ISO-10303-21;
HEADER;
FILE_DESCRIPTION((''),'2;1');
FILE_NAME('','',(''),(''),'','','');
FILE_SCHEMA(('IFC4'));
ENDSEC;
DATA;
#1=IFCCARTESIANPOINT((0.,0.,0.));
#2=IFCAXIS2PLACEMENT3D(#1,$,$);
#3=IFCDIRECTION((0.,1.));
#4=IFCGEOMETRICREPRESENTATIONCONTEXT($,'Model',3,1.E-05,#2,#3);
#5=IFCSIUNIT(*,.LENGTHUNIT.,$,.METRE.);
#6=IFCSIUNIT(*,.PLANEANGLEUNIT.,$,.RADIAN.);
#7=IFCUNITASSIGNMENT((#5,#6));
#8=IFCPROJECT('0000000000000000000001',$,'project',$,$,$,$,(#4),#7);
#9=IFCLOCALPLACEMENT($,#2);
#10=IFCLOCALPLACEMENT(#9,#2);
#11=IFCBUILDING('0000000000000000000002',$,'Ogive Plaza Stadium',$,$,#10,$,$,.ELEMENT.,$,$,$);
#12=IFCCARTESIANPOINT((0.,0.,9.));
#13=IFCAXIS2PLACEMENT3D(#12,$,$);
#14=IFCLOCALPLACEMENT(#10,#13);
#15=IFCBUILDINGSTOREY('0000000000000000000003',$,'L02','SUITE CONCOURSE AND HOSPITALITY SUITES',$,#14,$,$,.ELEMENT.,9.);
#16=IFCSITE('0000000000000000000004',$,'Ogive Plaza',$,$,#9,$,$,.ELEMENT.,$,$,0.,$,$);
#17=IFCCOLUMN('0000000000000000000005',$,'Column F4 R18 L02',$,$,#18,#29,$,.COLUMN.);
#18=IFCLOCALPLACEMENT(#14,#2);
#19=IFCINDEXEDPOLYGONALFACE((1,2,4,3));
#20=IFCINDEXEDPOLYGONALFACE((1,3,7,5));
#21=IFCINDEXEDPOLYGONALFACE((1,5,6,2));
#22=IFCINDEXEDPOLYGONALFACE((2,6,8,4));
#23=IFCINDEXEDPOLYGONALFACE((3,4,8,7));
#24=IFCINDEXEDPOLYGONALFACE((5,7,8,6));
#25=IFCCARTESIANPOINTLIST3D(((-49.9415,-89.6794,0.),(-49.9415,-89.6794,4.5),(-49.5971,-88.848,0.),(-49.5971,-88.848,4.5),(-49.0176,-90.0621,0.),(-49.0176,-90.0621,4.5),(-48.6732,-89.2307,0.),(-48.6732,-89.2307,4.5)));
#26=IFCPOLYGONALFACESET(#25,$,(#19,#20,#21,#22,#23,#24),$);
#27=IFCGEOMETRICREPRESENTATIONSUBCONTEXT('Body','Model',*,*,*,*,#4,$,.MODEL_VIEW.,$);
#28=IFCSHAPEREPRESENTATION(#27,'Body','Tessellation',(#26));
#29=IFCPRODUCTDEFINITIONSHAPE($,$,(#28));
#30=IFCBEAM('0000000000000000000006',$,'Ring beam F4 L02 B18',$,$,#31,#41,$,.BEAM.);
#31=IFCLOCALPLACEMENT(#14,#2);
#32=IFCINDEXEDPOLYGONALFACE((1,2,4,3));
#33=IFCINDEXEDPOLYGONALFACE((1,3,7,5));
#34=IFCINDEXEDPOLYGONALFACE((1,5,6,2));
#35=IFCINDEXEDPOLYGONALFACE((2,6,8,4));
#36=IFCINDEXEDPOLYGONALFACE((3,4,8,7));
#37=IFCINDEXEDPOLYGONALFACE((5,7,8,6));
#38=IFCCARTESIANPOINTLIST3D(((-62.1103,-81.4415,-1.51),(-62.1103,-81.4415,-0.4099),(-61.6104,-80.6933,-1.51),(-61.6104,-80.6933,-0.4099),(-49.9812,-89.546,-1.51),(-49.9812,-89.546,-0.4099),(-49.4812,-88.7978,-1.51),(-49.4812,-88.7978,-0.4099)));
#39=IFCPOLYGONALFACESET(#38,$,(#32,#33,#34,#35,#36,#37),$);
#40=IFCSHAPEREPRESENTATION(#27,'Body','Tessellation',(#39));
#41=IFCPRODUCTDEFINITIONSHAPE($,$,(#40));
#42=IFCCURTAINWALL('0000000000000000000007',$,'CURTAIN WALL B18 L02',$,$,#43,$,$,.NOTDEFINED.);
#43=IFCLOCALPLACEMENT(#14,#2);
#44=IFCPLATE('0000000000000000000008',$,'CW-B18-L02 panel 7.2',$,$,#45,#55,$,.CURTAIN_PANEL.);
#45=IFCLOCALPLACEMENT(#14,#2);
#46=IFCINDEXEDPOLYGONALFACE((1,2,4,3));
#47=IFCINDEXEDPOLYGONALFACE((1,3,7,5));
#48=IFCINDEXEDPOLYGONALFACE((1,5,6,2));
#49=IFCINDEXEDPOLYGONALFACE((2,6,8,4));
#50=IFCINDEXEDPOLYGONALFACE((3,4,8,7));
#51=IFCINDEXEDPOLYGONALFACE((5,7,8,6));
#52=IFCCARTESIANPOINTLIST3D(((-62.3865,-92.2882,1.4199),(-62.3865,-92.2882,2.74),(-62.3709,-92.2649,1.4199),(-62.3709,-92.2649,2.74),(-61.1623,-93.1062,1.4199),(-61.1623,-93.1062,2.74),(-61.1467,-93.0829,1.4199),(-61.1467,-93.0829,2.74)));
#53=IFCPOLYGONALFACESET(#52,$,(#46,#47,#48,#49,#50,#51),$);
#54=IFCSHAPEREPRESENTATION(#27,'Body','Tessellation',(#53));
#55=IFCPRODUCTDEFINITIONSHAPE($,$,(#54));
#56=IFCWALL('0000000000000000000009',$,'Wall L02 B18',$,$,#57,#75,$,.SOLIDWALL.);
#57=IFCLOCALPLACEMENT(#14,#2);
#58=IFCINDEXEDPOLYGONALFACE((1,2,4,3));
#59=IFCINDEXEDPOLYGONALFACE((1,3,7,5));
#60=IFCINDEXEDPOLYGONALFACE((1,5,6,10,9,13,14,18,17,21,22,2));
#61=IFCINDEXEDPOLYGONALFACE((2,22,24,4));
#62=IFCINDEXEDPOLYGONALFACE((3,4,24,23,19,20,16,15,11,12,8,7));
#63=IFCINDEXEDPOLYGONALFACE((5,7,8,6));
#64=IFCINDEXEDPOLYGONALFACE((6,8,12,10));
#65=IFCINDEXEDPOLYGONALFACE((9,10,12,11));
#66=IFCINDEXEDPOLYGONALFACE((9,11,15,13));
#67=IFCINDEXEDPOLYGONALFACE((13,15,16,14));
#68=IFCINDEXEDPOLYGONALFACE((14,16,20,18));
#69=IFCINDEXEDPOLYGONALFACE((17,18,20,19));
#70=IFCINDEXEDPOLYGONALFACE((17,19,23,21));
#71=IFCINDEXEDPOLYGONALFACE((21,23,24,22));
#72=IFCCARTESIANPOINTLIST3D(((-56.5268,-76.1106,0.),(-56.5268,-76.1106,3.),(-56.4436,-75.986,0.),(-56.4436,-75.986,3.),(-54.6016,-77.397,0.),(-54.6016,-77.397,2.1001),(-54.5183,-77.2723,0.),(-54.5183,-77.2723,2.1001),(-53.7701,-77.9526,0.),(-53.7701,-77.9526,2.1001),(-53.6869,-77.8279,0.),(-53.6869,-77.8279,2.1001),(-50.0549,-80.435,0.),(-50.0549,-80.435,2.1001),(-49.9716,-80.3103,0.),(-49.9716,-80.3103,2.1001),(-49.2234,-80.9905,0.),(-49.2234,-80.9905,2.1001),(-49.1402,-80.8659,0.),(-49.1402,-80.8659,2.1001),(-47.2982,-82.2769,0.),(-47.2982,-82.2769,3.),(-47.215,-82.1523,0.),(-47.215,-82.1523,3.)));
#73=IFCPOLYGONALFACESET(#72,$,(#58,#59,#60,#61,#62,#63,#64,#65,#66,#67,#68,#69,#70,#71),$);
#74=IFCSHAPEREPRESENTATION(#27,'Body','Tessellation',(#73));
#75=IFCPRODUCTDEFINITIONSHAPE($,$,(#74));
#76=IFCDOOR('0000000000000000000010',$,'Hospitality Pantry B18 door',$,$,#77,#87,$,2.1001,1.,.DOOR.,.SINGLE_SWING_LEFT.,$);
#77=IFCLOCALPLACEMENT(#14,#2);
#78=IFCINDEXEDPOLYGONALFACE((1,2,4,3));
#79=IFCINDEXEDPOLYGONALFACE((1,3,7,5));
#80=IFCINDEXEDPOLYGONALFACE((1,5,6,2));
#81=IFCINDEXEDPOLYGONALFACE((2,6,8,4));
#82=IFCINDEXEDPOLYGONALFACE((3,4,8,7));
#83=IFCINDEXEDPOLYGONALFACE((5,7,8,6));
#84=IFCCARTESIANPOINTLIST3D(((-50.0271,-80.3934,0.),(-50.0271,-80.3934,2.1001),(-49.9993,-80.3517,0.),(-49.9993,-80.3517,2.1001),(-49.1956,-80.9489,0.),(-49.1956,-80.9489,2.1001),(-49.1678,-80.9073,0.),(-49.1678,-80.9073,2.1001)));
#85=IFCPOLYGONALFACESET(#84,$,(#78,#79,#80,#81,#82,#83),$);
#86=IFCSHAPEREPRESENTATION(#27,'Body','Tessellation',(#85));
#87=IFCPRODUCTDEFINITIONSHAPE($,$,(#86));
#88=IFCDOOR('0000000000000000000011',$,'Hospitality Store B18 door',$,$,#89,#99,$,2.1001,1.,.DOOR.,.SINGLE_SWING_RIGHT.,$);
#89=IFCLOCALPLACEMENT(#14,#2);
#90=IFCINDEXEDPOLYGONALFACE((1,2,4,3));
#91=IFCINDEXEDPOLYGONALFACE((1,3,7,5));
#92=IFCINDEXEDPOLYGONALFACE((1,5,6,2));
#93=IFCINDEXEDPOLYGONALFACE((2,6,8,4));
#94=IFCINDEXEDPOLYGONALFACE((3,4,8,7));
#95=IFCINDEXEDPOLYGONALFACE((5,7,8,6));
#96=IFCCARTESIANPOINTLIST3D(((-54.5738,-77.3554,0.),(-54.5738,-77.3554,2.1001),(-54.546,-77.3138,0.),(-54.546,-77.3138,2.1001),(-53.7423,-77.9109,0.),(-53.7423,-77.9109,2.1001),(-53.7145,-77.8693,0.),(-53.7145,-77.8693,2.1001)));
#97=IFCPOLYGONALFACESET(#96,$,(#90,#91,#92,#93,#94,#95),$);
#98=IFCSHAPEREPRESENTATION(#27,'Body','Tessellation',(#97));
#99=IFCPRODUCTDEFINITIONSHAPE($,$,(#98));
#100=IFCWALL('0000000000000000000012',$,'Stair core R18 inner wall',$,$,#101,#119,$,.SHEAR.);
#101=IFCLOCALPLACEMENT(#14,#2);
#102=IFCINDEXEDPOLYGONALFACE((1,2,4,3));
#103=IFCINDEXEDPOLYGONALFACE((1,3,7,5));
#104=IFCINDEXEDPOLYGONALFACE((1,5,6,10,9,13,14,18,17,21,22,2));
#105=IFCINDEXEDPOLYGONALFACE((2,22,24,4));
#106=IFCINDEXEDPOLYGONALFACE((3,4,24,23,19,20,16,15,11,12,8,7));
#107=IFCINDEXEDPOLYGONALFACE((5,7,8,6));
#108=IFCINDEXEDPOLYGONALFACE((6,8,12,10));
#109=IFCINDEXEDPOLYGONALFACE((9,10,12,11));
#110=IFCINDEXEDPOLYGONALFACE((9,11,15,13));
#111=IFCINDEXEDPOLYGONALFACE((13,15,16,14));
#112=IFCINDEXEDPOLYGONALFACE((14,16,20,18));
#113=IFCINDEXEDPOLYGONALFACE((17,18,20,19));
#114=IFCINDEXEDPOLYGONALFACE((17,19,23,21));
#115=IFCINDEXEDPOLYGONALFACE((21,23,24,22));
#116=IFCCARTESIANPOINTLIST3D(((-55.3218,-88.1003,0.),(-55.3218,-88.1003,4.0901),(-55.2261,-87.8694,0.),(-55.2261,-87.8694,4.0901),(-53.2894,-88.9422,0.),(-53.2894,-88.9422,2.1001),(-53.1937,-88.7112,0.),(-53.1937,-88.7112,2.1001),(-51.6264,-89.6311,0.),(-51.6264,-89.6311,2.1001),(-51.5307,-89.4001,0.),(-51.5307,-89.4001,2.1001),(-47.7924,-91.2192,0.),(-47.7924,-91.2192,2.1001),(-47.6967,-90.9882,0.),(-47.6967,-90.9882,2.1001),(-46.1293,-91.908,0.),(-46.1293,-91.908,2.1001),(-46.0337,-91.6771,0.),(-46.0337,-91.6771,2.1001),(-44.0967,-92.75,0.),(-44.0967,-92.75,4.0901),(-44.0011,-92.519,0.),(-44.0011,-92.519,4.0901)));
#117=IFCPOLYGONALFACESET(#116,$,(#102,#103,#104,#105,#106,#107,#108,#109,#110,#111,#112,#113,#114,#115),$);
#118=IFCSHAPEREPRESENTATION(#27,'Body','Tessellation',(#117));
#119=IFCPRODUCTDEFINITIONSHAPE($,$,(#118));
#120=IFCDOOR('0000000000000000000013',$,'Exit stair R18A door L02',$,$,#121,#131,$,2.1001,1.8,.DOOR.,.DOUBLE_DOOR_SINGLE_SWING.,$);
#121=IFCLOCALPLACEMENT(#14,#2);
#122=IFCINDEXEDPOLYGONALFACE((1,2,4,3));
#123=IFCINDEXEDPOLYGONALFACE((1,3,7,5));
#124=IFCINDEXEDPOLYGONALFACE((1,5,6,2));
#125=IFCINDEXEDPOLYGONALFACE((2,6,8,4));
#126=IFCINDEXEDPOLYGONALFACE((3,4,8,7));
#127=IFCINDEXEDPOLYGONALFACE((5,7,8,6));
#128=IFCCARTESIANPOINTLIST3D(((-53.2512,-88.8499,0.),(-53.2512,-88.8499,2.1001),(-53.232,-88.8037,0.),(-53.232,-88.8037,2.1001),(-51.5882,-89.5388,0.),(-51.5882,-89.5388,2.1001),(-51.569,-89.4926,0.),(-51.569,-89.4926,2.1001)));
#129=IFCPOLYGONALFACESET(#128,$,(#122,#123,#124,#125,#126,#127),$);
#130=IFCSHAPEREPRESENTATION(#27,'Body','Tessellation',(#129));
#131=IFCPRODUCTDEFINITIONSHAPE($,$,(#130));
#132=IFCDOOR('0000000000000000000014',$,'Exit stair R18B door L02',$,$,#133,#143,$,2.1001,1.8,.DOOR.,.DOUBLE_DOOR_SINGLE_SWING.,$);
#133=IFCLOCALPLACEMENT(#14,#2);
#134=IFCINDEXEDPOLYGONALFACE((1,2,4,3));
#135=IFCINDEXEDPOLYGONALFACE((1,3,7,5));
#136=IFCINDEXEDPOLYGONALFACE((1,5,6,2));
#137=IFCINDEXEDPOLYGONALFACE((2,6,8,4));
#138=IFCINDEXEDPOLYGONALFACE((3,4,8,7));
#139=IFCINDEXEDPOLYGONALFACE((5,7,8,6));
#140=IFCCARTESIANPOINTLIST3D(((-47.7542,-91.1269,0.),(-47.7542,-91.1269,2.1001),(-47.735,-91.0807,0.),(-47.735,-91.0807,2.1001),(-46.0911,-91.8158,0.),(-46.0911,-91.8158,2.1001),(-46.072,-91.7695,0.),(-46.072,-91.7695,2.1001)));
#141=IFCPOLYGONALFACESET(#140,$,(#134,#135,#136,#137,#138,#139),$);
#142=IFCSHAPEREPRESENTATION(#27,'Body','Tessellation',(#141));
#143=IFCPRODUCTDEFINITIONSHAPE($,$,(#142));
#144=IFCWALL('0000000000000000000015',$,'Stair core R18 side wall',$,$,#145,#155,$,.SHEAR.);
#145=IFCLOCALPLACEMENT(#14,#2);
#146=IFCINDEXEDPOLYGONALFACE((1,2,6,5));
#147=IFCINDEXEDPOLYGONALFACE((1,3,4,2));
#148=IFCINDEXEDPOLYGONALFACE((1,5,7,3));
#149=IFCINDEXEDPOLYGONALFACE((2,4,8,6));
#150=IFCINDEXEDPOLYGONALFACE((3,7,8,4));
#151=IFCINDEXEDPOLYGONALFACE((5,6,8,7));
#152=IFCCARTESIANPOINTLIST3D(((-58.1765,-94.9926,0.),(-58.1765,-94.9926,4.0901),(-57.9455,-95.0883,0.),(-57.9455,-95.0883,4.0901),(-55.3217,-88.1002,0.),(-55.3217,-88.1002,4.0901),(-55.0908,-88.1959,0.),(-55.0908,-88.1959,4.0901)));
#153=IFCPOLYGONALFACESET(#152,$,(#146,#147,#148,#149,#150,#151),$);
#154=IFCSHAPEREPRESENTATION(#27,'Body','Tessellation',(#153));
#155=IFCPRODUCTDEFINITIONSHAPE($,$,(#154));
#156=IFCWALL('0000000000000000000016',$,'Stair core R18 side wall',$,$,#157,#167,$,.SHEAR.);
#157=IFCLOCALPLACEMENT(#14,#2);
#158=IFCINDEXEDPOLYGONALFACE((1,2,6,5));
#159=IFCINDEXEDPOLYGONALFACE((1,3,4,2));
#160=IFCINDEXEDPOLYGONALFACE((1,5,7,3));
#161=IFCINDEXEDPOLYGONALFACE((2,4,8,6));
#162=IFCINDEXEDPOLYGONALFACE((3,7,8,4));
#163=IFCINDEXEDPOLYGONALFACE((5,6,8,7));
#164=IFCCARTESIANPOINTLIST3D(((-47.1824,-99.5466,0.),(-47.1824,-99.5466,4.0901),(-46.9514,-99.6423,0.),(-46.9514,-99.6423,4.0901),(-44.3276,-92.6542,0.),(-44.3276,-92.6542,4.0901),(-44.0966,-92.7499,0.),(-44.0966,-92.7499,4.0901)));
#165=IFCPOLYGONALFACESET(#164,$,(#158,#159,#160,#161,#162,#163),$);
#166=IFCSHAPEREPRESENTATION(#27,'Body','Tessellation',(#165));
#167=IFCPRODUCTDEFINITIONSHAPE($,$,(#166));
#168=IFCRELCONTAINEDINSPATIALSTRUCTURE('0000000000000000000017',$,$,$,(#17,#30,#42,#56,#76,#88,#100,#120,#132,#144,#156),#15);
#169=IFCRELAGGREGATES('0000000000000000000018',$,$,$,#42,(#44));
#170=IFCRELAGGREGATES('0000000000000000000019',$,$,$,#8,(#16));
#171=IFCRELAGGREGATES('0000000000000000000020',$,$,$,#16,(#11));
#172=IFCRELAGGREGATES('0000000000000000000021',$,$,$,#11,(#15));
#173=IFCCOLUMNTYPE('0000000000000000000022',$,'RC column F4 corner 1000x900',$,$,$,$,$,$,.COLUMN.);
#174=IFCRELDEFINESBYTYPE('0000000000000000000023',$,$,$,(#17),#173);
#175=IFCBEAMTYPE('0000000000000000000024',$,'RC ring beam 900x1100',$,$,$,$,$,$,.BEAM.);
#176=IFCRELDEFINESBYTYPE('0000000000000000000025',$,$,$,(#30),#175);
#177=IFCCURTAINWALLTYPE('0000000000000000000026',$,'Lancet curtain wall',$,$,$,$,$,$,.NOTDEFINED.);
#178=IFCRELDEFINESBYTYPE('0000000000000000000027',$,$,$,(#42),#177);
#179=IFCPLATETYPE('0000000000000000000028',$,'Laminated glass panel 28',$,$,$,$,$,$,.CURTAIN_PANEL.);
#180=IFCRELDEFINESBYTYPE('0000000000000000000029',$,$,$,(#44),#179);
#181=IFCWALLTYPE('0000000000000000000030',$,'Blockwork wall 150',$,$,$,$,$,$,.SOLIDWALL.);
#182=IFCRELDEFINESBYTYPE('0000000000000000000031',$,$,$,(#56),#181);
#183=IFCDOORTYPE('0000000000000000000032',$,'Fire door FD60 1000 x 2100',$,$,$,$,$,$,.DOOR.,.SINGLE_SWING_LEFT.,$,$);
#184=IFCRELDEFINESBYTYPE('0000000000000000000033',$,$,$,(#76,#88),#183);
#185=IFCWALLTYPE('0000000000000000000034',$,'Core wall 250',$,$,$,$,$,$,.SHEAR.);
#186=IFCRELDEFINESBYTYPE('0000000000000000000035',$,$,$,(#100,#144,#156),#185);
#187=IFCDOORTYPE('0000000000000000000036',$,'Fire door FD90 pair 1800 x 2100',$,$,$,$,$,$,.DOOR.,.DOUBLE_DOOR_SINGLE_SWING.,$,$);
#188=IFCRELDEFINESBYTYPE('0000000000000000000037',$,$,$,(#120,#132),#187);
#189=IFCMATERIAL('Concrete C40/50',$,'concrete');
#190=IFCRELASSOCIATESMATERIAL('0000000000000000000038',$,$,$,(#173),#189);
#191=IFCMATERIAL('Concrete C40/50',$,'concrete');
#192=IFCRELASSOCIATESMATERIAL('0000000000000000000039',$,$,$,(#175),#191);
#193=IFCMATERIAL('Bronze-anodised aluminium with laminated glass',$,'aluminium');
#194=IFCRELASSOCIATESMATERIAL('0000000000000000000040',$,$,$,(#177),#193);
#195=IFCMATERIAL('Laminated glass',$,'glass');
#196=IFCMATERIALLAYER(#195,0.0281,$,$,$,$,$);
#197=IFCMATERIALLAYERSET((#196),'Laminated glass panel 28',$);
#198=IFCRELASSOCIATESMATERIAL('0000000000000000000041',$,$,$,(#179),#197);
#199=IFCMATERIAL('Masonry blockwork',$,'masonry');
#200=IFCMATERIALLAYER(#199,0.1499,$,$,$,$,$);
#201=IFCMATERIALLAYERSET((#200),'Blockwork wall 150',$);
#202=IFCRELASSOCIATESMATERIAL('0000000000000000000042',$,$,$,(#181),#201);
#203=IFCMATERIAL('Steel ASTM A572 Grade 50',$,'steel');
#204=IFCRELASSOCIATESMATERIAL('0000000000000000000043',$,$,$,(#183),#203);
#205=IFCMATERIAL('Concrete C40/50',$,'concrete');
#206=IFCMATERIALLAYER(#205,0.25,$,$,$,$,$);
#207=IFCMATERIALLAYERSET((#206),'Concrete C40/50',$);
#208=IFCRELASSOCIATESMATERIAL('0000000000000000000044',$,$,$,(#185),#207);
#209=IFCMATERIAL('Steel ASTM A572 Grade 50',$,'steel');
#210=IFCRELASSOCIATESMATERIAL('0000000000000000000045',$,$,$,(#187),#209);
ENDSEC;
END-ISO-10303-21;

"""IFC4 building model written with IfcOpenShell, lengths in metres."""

from ifc_helpers import new_model, si_unit, direction, frame, frame_2d, origin, origin_2d, place, context, subcontext, project, spatial, rectangle, extrude, material, layer, layer_set, material_profile, profile_set, type_object, element, fill, aggregate, save


model = new_model("IFC4")

# Units and contexts
model_context = context("Model", 3, precision=1e-05, world=origin(), true_north=direction((0.0, 1.0)))
body_context = subcontext(model_context, "Body", "Model", "MODEL_VIEW")
ifc_project = project(units=[si_unit("LENGTHUNIT", "METRE"), si_unit("PLANEANGLEUNIT", "RADIAN")], contexts=[model_context])

# Site, building, storey
site_placement = place(None, origin())
site = spatial("IfcSite", under=ifc_project, at=site_placement, Name="Ogive Plaza", CompositionType="ELEMENT", RefElevation=0.0)
building_placement = place(site_placement, origin())
building = spatial("IfcBuilding", under=site, at=building_placement, Name="Ogive Plaza Stadium", CompositionType="ELEMENT")
storey_placement = place(building_placement, frame((0.0, 0.0, 9.0)))
storey = spatial("IfcBuildingStorey", under=building, at=storey_placement, Name="L02", Description="SUITE CONCOURSE AND HOSPITALITY SUITES", CompositionType="ELEMENT", Elevation=9.0)

# Column
ifc_material_1 = material(Name="Concrete C40/50", Category="concrete")
ifc_material_profile_1 = material_profile(ifc_material_1, rectangle(XDim=1.0, YDim=0.8999, at=origin_2d()), Name="RC 1000x900")
ifc_profile_set_1 = profile_set([ifc_material_profile_1], Name="Concrete C40/50")
column_type = type_object("IfcColumnType", Name="RC column F4 corner 1000x900", PredefinedType="COLUMN", material=ifc_profile_set_1)
column_placement = place(storey_placement, frame((-49.3074, -89.4551, 0.0), z_axis=(0.0, 0.0, 1.0), x_axis=(0.92388, -0.382683, 0.0)))
element("IfcColumn", 1, at=column_placement, inside=storey, type_object=column_type, Name="Column F4 R18 L02", PredefinedType="COLUMN", context=body_context, shape_type="SweptSolid", body=[
    extrude(rectangle(XDim=1.0, YDim=0.8999, at=origin_2d()), origin(), (0.0, 0.0, 1.0), 4.5),
])

# Beam
ifc_material_2 = material(Name="Concrete C40/50", Category="concrete")
ifc_material_profile_2 = material_profile(ifc_material_2, rectangle(XDim=0.8999, YDim=1.1001, at=origin_2d()), Name="RC 900x1100")
ifc_profile_set_2 = profile_set([ifc_material_profile_2], Name="Concrete C40/50")
beam_type = type_object("IfcBeamType", Name="RC ring beam 900x1100", PredefinedType="BEAM", material=ifc_profile_set_2)
beam_placement = place(storey_placement, frame((-49.7312, -89.1719, -0.96), z_axis=(-0.831468, 0.555573, 0.0), x_axis=(-0.555573, -0.831468, 0.0)))
element("IfcBeam", 2, at=beam_placement, inside=storey, type_object=beam_type, Name="Ring beam F4 L02 B18", PredefinedType="BEAM", context=body_context, shape_type="SweptSolid", body=[
    extrude(rectangle(XDim=0.8999, YDim=1.1001, at=origin_2d()), origin(), (0.0, 0.0, 1.0), 14.5876),
])

# Curtain wall, plate
ifc_material_3 = material(Name="Bronze-anodised aluminium with laminated glass", Category="aluminium")
curtain_wall_type = type_object("IfcCurtainWallType", Name="Lancet curtain wall", PredefinedType="NOTDEFINED", material=ifc_material_3)
curtain_wall_placement = place(storey_placement, origin())
curtain_wall = element("IfcCurtainWall", 3, at=curtain_wall_placement, inside=storey, type_object=curtain_wall_type, Name="CURTAIN WALL B18 L02", PredefinedType="NOTDEFINED")
ifc_material_4 = material(Name="Laminated glass", Category="glass")
ifc_layer_1 = layer(ifc_material_4, 0.0281)
ifc_layer_set_1 = layer_set([ifc_layer_1], Name="Laminated glass panel 28")
plate_type = type_object("IfcPlateType", Name="Laminated glass panel 28", PredefinedType="CURTAIN_PANEL", material=ifc_layer_set_1)
plate_placement = place(storey_placement, frame((-61.7666, -92.6855, 1.4199), z_axis=(0.0, 0.0, 1.0), x_axis=(-0.83147, 0.55557, 0.0)))
plate = element("IfcPlate", 4, at=plate_placement, type_object=plate_type, Name="CW-B18-L02 panel 7.2", PredefinedType="CURTAIN_PANEL", context=body_context, shape_type="SweptSolid", body=[
    extrude(rectangle(XDim=1.4724, YDim=0.0281, at=origin_2d()), origin(), (0.0, 0.0, 1.0), 1.3201),
])
aggregate(curtain_wall, [plate])

# Walls, openings, doors
ifc_material_5 = material(Name="Masonry blockwork", Category="masonry")
ifc_layer_2 = layer(ifc_material_5, 0.1499)
ifc_layer_set_2 = layer_set([ifc_layer_2], Name="Blockwork wall 150")
wall_type_1 = type_object("IfcWallType", Name="Blockwork wall 150", PredefinedType="SOLIDWALL", material=ifc_layer_set_2)
wall_1_placement = place(storey_placement, frame((-47.2566, -82.2146, 0.0), z_axis=(0.0, 0.0, 1.0), x_axis=(-0.831471, 0.555568, 0.0)))
wall_1 = element("IfcWall", 5, at=wall_1_placement, inside=storey, type_object=wall_type_1, Name="Wall L02 B18", PredefinedType="SOLIDWALL", context=body_context, shape_type="SweptSolid", body=[
    extrude(rectangle(XDim=11.0991, YDim=0.1499, at=frame_2d((5.5496, 0.0))), origin(), (0.0, 0.0, 1.0), 3.0),
])
opening_1_placement = place(wall_1_placement, frame((2.3154, 0.0, 0.0)))
opening_1 = element("IfcOpeningElement", 6, at=opening_1_placement, cuts=wall_1, PredefinedType="OPENING", context=body_context, shape_type="SweptSolid", body=[
    extrude(rectangle(XDim=1.0, YDim=2.1001, at=frame_2d((0.5, 1.05))), frame((0.0, 0.075, 0.0), z_axis=(0.0, -1.0, 0.0), x_axis=(1.0, 0.0, 0.0)), (0.0, 0.0, 1.0), 0.1499),
])
opening_2_placement = place(wall_1_placement, frame((7.7837, 0.0, 0.0)))
opening_2 = element("IfcOpeningElement", 7, at=opening_2_placement, cuts=wall_1, PredefinedType="OPENING", context=body_context, shape_type="SweptSolid", body=[
    extrude(rectangle(XDim=1.0, YDim=2.1001, at=frame_2d((0.5, 1.05))), frame((0.0, 0.075, 0.0), z_axis=(0.0, -1.0, 0.0), x_axis=(1.0, 0.0, 0.0)), (0.0, 0.0, 1.0), 0.1499),
])
ifc_material_6 = material(Name="Steel ASTM A572 Grade 50", Category="steel")
door_type_1 = type_object("IfcDoorType", Name="Fire door FD60 1000 x 2100", OperationType="SINGLE_SWING_LEFT", PredefinedType="DOOR", material=ifc_material_6)
door_1_placement = place(opening_1_placement, origin())
door_1 = element("IfcDoor", 8, at=door_1_placement, inside=storey, type_object=door_type_1, Name="Hospitality Pantry B18 door", OperationType="SINGLE_SWING_LEFT", OverallHeight=2.1001, OverallWidth=1.0, PredefinedType="DOOR", context=body_context, shape_type="SweptSolid", body=[
    extrude(rectangle(XDim=1.0, YDim=2.1001, at=frame_2d((0.5, 1.05))), frame((0.0, 0.0249, 0.0), z_axis=(0.0, -1.0, 0.0), x_axis=(1.0, 0.0, 0.0)), (0.0, 0.0, 1.0), 0.05),
])
fill(opening_1, door_1)
door_2_placement = place(opening_2_placement, origin())
door_2 = element("IfcDoor", 9, at=door_2_placement, inside=storey, type_object=door_type_1, Name="Hospitality Store B18 door", OperationType="SINGLE_SWING_RIGHT", OverallHeight=2.1001, OverallWidth=1.0, PredefinedType="DOOR", context=body_context, shape_type="SweptSolid", body=[
    extrude(rectangle(XDim=1.0, YDim=2.1001, at=frame_2d((0.5, 1.05))), frame((0.0, 0.0249, 0.0), z_axis=(0.0, -1.0, 0.0), x_axis=(1.0, 0.0, 0.0)), (0.0, 0.0, 1.0), 0.05),
])
fill(opening_2, door_2)
ifc_material_7 = material(Name="Concrete C40/50", Category="concrete")
ifc_layer_3 = layer(ifc_material_7, 0.25)
ifc_layer_set_3 = layer_set([ifc_layer_3], Name="Concrete C40/50")
wall_type_2 = type_object("IfcWallType", Name="Core wall 250", PredefinedType="SHEAR", material=ifc_layer_set_3)
wall_2_placement = place(storey_placement, frame((-55.2739, -87.9849, 0.0), z_axis=(0.0, 0.0, 1.0), x_axis=(0.923877, -0.382688, 0.0)))
wall_2 = element("IfcWall", 10, at=wall_2_placement, inside=storey, type_object=wall_type_2, Name="Stair core R18 inner wall", PredefinedType="SHEAR", context=body_context, shape_type="SweptSolid", body=[
    extrude(rectangle(XDim=12.1499, YDim=0.25, at=frame_2d((6.075, 0.0))), origin(), (0.0, 0.0, 1.0), 4.0901),
])
opening_3_placement = place(wall_2_placement, frame((2.2, 0.0, 0.0)))
opening_3 = element("IfcOpeningElement", 11, at=opening_3_placement, cuts=wall_2, PredefinedType="OPENING", context=body_context, shape_type="SweptSolid", body=[
    extrude(rectangle(XDim=1.8, YDim=2.1001, at=frame_2d((0.8999, 1.05))), frame((0.0, 0.125, 0.0), z_axis=(0.0, -1.0, 0.0), x_axis=(1.0, 0.0, 0.0)), (0.0, 0.0, 1.0), 0.25),
])
opening_4_placement = place(wall_2_placement, frame((8.1499, 0.0, 0.0)))
opening_4 = element("IfcOpeningElement", 12, at=opening_4_placement, cuts=wall_2, PredefinedType="OPENING", context=body_context, shape_type="SweptSolid", body=[
    extrude(rectangle(XDim=1.8, YDim=2.1001, at=frame_2d((0.8999, 1.05))), frame((0.0, 0.125, 0.0), z_axis=(0.0, -1.0, 0.0), x_axis=(1.0, 0.0, 0.0)), (0.0, 0.0, 1.0), 0.25),
])
ifc_material_8 = material(Name="Steel ASTM A572 Grade 50", Category="steel")
door_type_2 = type_object("IfcDoorType", Name="Fire door FD90 pair 1800 x 2100", OperationType="DOUBLE_DOOR_SINGLE_SWING", PredefinedType="DOOR", material=ifc_material_8)
door_3_placement = place(opening_3_placement, origin())
door_3 = element("IfcDoor", 13, at=door_3_placement, inside=storey, type_object=door_type_2, Name="Exit stair R18A door L02", OperationType="DOUBLE_DOOR_SINGLE_SWING", OverallHeight=2.1001, OverallWidth=1.8, PredefinedType="DOOR", context=body_context, shape_type="SweptSolid", body=[
    extrude(rectangle(XDim=1.8, YDim=2.1001, at=frame_2d((0.8999, 1.05))), frame((0.0, 0.0249, 0.0), z_axis=(0.0, -1.0, 0.0), x_axis=(1.0, 0.0, 0.0)), (0.0, 0.0, 1.0), 0.05),
])
fill(opening_3, door_3)
door_4_placement = place(opening_4_placement, origin())
door_4 = element("IfcDoor", 14, at=door_4_placement, inside=storey, type_object=door_type_2, Name="Exit stair R18B door L02", OperationType="DOUBLE_DOOR_SINGLE_SWING", OverallHeight=2.1001, OverallWidth=1.8, PredefinedType="DOOR", context=body_context, shape_type="SweptSolid", body=[
    extrude(rectangle(XDim=1.8, YDim=2.1001, at=frame_2d((0.8999, 1.05))), frame((0.0, 0.0249, 0.0), z_axis=(0.0, -1.0, 0.0), x_axis=(1.0, 0.0, 0.0)), (0.0, 0.0, 1.0), 0.05),
])
fill(opening_4, door_4)

# Walls
for number, where, z_axis, x_axis, name in (
    (15, (-55.2063, -88.1482, 0.0), (0.0, 0.0, 1.0), (-0.382665, -0.923887, 0.0), "Stair core R18 side wall"),
    (16, (-44.2122, -92.7021, 0.0), (0.0, 0.0, 1.0), (-0.382665, -0.923887, 0.0), "Stair core R18 side wall"),
):
    element("IfcWall", number, at=place(storey_placement, frame(where, z_axis=z_axis, x_axis=x_axis)), inside=storey, type_object=wall_type_2, Name=name, PredefinedType="SHEAR", context=body_context, shape_type="SweptSolid", body=[
        extrude(rectangle(XDim=7.4602, YDim=0.25, at=frame_2d((3.73, 0.0))), origin(), (0.0, 0.0, 1.0), 4.0901),
    ])

save(model, "model.ifc")
